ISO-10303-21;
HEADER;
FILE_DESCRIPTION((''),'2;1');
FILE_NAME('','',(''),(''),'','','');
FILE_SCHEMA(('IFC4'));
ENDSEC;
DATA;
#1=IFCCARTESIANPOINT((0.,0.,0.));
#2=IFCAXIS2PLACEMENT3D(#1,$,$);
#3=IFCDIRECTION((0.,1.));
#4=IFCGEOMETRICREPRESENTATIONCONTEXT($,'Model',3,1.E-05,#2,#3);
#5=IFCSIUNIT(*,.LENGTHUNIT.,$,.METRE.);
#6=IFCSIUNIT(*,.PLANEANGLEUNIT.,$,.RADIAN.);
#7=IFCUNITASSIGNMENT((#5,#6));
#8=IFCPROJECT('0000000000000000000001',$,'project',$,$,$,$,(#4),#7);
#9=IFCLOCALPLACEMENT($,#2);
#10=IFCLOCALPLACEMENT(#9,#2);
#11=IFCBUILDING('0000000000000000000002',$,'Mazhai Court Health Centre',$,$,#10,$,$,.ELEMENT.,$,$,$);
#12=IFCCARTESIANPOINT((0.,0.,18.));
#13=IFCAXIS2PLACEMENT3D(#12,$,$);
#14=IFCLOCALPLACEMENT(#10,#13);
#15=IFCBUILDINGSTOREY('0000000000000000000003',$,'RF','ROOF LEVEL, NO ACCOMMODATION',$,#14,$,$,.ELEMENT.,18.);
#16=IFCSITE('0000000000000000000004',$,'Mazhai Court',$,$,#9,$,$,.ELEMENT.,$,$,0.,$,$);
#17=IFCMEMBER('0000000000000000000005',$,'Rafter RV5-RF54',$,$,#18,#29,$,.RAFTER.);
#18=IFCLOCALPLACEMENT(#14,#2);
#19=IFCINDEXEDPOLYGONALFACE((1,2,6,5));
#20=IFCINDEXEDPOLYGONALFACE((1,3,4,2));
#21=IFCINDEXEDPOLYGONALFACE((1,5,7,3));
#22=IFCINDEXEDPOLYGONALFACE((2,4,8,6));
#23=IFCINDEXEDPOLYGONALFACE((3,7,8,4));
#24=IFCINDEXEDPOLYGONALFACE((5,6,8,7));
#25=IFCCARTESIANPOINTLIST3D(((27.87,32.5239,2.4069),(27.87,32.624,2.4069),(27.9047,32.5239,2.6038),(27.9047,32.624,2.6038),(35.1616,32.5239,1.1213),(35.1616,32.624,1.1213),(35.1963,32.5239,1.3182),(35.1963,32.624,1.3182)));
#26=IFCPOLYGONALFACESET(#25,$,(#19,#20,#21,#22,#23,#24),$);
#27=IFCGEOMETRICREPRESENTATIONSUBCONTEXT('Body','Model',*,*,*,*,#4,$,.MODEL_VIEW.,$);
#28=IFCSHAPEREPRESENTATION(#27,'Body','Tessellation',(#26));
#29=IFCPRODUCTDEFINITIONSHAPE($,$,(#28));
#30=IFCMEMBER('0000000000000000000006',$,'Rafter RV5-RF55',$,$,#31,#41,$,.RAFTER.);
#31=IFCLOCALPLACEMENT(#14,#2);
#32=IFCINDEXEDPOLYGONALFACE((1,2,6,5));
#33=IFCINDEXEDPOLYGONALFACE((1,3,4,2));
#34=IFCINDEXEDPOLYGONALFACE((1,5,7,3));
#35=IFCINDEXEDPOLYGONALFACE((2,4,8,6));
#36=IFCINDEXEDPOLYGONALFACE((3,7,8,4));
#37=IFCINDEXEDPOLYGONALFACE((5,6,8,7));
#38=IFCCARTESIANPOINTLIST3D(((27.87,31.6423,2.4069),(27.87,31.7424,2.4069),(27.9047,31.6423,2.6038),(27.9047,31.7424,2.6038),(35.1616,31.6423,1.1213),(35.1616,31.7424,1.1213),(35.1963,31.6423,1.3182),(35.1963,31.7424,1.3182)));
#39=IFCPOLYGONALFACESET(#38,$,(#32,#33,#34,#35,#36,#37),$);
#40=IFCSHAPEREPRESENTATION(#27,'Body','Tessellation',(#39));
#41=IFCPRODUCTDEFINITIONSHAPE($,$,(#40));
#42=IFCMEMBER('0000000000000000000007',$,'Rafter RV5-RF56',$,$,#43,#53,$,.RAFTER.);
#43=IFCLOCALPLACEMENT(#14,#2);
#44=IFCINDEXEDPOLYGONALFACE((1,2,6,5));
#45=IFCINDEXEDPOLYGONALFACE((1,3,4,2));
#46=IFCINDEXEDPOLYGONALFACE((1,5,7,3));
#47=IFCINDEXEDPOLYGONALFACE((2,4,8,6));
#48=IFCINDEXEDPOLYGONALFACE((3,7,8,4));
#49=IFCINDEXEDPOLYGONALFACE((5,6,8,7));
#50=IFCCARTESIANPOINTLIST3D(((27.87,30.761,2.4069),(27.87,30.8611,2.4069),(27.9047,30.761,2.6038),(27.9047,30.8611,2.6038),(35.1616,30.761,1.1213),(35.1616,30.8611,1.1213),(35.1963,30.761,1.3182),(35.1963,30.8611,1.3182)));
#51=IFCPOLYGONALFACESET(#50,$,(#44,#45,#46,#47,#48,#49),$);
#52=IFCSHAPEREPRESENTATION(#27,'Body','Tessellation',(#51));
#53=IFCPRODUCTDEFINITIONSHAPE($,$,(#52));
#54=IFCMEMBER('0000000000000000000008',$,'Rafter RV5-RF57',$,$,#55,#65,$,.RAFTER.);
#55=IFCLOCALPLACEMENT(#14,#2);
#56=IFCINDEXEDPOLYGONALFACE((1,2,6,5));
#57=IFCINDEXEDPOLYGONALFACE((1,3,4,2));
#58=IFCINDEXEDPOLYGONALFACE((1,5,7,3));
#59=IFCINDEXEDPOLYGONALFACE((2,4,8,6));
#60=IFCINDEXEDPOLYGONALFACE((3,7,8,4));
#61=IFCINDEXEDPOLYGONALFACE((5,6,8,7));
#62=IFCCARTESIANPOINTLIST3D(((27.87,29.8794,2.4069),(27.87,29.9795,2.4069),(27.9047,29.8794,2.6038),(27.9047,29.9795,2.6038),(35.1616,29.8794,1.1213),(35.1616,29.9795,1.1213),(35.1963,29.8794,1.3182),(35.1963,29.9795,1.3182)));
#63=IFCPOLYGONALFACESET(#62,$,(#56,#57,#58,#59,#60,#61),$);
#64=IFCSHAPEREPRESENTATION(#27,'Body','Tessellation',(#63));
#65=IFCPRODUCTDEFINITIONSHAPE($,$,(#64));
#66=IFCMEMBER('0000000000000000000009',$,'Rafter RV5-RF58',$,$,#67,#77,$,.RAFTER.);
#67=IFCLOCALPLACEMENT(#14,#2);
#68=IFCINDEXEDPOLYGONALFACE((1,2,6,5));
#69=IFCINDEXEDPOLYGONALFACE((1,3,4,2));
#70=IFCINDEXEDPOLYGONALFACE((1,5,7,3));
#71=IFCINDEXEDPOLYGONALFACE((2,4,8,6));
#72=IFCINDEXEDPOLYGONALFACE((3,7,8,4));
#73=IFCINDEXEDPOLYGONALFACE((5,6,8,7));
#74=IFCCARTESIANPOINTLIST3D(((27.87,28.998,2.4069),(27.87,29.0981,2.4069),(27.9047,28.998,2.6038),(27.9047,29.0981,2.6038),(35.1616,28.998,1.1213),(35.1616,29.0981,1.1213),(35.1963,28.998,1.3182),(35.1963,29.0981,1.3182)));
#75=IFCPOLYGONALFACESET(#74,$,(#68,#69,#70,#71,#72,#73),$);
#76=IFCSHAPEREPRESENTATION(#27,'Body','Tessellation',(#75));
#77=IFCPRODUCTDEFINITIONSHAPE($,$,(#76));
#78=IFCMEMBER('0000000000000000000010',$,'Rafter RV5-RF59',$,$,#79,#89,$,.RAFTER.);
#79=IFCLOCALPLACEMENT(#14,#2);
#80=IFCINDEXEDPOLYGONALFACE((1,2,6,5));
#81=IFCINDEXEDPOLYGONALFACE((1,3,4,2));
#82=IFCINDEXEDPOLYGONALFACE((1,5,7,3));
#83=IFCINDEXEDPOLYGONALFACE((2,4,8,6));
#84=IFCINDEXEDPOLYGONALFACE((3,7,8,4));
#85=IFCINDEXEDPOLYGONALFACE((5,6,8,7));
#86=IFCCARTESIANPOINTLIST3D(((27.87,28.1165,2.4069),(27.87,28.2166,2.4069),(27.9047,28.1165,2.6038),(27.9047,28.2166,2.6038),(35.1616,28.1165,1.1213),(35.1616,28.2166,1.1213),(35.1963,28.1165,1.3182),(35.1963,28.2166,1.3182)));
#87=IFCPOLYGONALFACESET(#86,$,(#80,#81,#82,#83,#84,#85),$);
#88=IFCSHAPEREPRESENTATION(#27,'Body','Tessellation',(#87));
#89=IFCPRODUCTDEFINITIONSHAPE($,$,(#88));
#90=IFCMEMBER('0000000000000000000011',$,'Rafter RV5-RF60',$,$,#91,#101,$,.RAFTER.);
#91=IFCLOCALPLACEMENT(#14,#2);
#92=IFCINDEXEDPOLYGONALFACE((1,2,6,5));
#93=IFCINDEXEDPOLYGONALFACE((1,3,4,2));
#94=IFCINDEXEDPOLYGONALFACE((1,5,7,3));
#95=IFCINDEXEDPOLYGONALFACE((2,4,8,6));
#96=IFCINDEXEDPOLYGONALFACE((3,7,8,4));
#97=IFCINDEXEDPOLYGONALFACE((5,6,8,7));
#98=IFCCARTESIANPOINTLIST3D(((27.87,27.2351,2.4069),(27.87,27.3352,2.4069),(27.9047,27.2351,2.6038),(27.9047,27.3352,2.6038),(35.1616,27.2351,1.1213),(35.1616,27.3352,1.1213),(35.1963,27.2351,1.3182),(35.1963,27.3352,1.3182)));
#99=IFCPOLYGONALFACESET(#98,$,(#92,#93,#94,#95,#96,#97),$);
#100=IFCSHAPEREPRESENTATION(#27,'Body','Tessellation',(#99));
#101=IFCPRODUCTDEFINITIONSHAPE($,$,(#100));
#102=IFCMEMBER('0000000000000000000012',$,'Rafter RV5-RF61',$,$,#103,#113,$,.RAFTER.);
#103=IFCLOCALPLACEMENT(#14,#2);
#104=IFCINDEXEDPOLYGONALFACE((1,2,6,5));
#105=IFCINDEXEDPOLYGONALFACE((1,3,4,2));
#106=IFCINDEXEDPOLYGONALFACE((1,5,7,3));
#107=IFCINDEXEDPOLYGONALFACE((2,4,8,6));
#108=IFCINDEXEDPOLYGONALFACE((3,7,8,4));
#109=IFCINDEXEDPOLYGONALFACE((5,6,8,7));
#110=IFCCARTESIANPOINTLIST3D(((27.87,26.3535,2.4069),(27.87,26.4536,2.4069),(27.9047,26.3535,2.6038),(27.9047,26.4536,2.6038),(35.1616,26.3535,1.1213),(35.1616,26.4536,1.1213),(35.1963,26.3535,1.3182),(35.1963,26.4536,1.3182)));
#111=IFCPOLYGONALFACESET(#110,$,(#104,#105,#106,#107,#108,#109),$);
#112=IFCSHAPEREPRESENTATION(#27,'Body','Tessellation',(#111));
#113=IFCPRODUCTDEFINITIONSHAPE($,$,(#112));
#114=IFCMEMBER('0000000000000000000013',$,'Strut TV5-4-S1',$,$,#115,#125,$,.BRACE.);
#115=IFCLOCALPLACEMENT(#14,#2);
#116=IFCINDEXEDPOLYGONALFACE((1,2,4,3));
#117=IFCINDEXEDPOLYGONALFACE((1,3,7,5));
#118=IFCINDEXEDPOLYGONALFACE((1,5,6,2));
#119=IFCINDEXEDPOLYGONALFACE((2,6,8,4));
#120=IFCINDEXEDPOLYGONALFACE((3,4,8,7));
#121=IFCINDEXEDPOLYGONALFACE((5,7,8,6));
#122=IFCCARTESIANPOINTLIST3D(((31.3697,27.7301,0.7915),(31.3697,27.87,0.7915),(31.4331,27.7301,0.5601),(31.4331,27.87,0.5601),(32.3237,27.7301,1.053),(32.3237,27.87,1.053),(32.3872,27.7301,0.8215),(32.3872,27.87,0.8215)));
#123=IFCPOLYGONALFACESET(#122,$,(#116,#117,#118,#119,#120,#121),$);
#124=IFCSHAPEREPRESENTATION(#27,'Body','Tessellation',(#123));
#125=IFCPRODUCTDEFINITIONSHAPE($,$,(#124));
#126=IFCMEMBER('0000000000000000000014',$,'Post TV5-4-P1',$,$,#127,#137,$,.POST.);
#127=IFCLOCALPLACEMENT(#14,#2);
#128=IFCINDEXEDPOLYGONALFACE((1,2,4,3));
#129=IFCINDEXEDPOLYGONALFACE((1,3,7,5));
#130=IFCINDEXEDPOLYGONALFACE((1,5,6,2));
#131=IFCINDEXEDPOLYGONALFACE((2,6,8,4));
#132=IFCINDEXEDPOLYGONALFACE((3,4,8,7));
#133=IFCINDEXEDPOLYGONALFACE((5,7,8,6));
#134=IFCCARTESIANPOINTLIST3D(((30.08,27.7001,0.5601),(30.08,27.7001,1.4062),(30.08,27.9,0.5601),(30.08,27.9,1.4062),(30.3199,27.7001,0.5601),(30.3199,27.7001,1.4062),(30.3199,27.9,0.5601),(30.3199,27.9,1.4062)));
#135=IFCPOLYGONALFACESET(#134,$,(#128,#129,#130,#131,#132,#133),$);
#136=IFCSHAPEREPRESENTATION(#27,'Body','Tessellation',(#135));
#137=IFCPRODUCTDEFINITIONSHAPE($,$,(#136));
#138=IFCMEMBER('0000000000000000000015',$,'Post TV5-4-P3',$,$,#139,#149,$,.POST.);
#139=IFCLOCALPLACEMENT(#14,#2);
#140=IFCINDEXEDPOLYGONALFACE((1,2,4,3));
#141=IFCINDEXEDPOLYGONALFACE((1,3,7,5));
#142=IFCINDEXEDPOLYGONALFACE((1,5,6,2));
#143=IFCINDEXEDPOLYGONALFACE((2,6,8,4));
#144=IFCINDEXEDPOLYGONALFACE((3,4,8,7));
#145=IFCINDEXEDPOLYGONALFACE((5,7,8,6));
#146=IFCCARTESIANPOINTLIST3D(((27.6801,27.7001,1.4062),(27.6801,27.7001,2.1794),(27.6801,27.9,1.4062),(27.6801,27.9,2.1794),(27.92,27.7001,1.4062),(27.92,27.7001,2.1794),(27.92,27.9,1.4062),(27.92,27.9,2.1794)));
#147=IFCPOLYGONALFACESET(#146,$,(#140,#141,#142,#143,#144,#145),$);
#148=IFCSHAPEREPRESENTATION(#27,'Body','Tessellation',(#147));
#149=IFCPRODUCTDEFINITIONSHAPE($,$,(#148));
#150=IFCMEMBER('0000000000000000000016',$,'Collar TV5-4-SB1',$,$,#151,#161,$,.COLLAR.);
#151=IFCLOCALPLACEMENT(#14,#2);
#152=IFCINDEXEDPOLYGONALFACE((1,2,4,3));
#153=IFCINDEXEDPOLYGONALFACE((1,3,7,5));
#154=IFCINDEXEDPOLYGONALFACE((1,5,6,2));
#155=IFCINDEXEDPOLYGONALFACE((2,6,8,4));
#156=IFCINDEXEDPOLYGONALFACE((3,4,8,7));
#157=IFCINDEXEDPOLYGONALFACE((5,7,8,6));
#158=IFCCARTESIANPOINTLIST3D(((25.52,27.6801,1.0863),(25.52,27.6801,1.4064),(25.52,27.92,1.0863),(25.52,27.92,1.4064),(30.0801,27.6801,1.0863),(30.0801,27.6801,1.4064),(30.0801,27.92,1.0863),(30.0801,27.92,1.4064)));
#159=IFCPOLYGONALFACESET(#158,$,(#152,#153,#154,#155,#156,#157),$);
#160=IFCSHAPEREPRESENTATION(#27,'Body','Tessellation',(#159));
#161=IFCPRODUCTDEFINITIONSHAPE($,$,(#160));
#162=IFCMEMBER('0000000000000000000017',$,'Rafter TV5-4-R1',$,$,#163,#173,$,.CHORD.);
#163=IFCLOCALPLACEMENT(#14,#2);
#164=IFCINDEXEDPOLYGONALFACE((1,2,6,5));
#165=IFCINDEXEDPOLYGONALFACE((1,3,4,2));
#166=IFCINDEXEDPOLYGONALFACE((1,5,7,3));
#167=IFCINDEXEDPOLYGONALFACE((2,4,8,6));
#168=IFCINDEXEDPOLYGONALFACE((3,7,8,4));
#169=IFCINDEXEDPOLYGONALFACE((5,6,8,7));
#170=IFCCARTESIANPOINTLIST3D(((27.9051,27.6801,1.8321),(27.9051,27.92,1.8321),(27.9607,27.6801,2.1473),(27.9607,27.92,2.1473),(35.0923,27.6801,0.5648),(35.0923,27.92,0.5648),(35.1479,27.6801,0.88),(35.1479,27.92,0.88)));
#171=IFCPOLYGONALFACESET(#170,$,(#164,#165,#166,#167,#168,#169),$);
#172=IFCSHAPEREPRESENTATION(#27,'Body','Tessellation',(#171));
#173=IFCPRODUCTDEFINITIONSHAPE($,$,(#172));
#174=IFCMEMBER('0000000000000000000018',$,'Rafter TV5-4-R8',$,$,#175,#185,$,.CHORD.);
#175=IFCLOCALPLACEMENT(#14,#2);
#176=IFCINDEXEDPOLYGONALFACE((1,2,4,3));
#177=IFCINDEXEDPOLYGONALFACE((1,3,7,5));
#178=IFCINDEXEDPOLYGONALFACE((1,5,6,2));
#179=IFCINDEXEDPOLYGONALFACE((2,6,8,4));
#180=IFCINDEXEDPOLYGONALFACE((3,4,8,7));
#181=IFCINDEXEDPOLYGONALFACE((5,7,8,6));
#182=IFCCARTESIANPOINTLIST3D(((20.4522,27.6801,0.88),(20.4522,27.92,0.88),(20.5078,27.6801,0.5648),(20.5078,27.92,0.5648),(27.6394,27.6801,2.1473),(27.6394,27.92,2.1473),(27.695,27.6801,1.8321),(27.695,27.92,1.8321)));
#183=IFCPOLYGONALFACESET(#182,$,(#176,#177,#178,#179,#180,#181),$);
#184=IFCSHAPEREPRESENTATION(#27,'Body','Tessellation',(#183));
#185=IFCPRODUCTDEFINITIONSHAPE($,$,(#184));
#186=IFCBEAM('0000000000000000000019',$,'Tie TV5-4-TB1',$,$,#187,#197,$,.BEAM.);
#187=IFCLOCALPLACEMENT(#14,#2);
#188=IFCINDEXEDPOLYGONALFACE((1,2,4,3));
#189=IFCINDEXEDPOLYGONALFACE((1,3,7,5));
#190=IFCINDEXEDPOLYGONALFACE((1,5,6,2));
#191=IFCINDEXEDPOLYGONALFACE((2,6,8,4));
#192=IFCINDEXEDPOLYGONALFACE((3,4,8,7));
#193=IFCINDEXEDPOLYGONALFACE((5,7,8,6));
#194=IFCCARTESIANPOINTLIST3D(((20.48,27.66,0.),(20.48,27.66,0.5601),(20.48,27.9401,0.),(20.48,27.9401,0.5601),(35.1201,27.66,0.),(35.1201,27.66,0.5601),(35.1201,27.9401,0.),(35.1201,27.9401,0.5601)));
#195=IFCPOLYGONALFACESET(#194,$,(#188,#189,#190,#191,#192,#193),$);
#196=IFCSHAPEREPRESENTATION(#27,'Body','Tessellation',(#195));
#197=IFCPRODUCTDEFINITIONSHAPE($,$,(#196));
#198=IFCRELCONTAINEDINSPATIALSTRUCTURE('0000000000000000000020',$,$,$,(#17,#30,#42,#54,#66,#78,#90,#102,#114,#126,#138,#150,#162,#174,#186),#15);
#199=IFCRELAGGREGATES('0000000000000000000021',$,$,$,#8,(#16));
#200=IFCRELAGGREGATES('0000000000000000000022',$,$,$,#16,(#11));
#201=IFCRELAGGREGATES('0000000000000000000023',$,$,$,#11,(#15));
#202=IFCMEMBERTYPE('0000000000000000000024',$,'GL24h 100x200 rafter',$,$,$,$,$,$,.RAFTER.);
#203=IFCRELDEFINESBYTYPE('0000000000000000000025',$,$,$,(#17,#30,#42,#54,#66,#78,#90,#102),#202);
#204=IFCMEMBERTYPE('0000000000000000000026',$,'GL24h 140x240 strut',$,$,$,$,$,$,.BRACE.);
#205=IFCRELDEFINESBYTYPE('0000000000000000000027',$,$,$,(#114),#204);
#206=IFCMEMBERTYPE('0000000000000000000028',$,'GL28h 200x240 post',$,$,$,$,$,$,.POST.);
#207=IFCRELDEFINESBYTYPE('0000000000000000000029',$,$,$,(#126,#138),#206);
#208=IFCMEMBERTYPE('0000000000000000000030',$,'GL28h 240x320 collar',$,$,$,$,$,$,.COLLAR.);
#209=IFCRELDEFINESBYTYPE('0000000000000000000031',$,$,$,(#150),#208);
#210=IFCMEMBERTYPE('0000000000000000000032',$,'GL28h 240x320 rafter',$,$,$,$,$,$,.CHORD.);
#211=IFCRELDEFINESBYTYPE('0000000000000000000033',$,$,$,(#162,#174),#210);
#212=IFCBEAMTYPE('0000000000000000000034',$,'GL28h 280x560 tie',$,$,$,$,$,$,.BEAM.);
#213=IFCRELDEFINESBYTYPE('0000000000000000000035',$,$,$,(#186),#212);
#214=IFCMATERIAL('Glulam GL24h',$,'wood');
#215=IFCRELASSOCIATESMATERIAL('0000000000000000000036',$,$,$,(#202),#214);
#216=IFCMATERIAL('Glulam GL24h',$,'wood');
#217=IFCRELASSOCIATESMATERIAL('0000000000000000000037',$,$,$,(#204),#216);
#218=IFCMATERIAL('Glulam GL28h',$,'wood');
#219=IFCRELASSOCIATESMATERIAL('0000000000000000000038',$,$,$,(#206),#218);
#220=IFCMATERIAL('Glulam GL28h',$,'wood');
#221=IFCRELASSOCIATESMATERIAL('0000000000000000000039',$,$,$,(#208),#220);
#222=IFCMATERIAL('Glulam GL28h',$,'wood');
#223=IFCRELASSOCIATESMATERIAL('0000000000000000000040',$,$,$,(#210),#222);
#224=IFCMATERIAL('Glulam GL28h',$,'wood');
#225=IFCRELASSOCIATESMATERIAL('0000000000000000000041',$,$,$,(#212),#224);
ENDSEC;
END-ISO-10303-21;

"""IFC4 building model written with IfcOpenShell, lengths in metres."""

from ifc_helpers import new_model, si_unit, direction, frame, origin, origin_2d, place, context, subcontext, project, spatial, rectangle, extrude, material, material_profile, profile_set, type_object, element, save


model = new_model("IFC4")

# Units and contexts
model_context = context("Model", 3, precision=1e-05, world=origin(), true_north=direction((0.0, 1.0)))
body_context = subcontext(model_context, "Body", "Model", "MODEL_VIEW")
ifc_project = project(units=[si_unit("LENGTHUNIT", "METRE"), si_unit("PLANEANGLEUNIT", "RADIAN")], contexts=[model_context])

# Site, building, storey
site_placement = place(None, origin())
site = spatial("IfcSite", under=ifc_project, at=site_placement, Name="Mazhai Court", CompositionType="ELEMENT", RefElevation=0.0)
building_placement = place(site_placement, origin())
building = spatial("IfcBuilding", under=site, at=building_placement, Name="Mazhai Court Health Centre", CompositionType="ELEMENT")
storey_placement = place(building_placement, frame((0.0, 0.0, 18.0)))
storey = spatial("IfcBuildingStorey", under=building, at=storey_placement, Name="RF", Description="ROOF LEVEL, NO ACCOMMODATION", CompositionType="ELEMENT", Elevation=18.0)

# Members
ifc_material_1 = material(Name="Glulam GL24h", Category="wood")
ifc_material_profile_1 = material_profile(ifc_material_1, rectangle(XDim=0.1001, YDim=0.2, at=origin_2d()), Name="GL24h 100x200")
ifc_profile_set_1 = profile_set([ifc_material_profile_1], Name="Glulam GL24h")
member_type_1 = type_object("IfcMemberType", Name="GL24h 100x200 rafter", PredefinedType="RAFTER", material=ifc_profile_set_1)
for number, where, z_axis, x_axis, name in (
    (1, (35.179, 32.574, 1.2197), (-0.984809, 0.0, 0.173642), (0.0, -1.0, 0.0), "Rafter RV5-RF54"),
    (2, (35.179, 31.6924, 1.2197), (-0.984809, 0.0, 0.173642), (0.0, -1.0, 0.0), "Rafter RV5-RF55"),
    (3, (35.179, 30.811, 1.2197), (-0.984809, 0.0, 0.173642), (0.0, -1.0, 0.0), "Rafter RV5-RF56"),
    (4, (35.179, 29.9294, 1.2197), (-0.984809, 0.0, 0.173642), (0.0, -1.0, 0.0), "Rafter RV5-RF57"),
    (5, (35.179, 29.0481, 1.2197), (-0.984809, 0.0, 0.173642), (0.0, -1.0, 0.0), "Rafter RV5-RF58"),
    (6, (35.179, 28.1665, 1.2197), (-0.984809, 0.0, 0.173642), (0.0, -1.0, 0.0), "Rafter RV5-RF59"),
    (7, (35.179, 27.2852, 1.2197), (-0.984809, 0.0, 0.173642), (0.0, -1.0, 0.0), "Rafter RV5-RF60"),
    (8, (35.179, 26.4036, 1.2197), (-0.984809, 0.0, 0.173642), (0.0, -1.0, 0.0), "Rafter RV5-RF61"),
):
    element("IfcMember", number, at=place(storey_placement, frame(where, z_axis=z_axis, x_axis=x_axis)), inside=storey, type_object=member_type_1, Name=name, PredefinedType="RAFTER", context=body_context, shape_type="SweptSolid", body=[
        extrude(rectangle(XDim=0.1001, YDim=0.2, at=origin_2d()), origin(), (0.0, 0.0, 1.0), 7.4041),
    ])
ifc_material_2 = material(Name="Glulam GL24h", Category="wood")
ifc_material_profile_2 = material_profile(ifc_material_2, rectangle(XDim=0.1399, YDim=0.24, at=origin_2d()), Name="GL24h 140x240")
ifc_profile_set_2 = profile_set([ifc_material_profile_2], Name="Glulam GL24h")
member_type_2 = type_object("IfcMemberType", Name="GL24h 140x240 strut", PredefinedType="BRACE", material=ifc_profile_set_2)
member_1_placement = place(storey_placement, frame((31.4014, 27.8, 0.6758), z_axis=(0.964438, 0.0, 0.264307), x_axis=(0.0, 1.0, 0.0)))
element("IfcMember", 9, at=member_1_placement, inside=storey, type_object=member_type_2, Name="Strut TV5-4-S1", PredefinedType="BRACE", context=body_context, shape_type="SweptSolid", body=[
    extrude(rectangle(XDim=0.1399, YDim=0.24, at=origin_2d()), origin(), (0.0, 0.0, 1.0), 0.9893),
])
ifc_material_3 = material(Name="Glulam GL28h", Category="wood")
ifc_material_profile_3 = material_profile(ifc_material_3, rectangle(XDim=0.2, YDim=0.24, at=origin_2d()), Name="GL28h 200x240")
ifc_profile_set_3 = profile_set([ifc_material_profile_3], Name="Glulam GL28h")
member_type_3 = type_object("IfcMemberType", Name="GL28h 200x240 post", PredefinedType="POST", material=ifc_profile_set_3)
member_2_placement = place(storey_placement, frame((30.2, 27.8, 0.5601), z_axis=(0.0, 0.0, 1.0), x_axis=(0.0, 1.0, 0.0)))
element("IfcMember", 10, at=member_2_placement, inside=storey, type_object=member_type_3, Name="Post TV5-4-P1", PredefinedType="POST", context=body_context, shape_type="SweptSolid", body=[
    extrude(rectangle(XDim=0.2, YDim=0.24, at=origin_2d()), origin(), (0.0, 0.0, 1.0), 0.8462),
])
member_3_placement = place(storey_placement, frame((27.8, 27.8, 1.4062), z_axis=(0.0, 0.0, 1.0), x_axis=(0.0, 1.0, 0.0)))
element("IfcMember", 11, at=member_3_placement, inside=storey, type_object=member_type_3, Name="Post TV5-4-P3", PredefinedType="POST", context=body_context, shape_type="SweptSolid", body=[
    extrude(rectangle(XDim=0.2, YDim=0.24, at=origin_2d()), origin(), (0.0, 0.0, 1.0), 0.7732),
])
ifc_material_4 = material(Name="Glulam GL28h", Category="wood")
ifc_material_profile_4 = material_profile(ifc_material_4, rectangle(XDim=0.24, YDim=0.3201, at=origin_2d()), Name="GL28h 240x320")
ifc_profile_set_4 = profile_set([ifc_material_profile_4], Name="Glulam GL28h")
member_type_4 = type_object("IfcMemberType", Name="GL28h 240x320 collar", PredefinedType="COLLAR", material=ifc_profile_set_4)
member_4_placement = place(storey_placement, frame((30.0801, 27.8, 1.2463), z_axis=(-1.0, 0.0, 0.0), x_axis=(0.0, -1.0, 0.0)))
element("IfcMember", 12, at=member_4_placement, inside=storey, type_object=member_type_4, Name="Collar TV5-4-SB1", PredefinedType="COLLAR", context=body_context, shape_type="SweptSolid", body=[
    extrude(rectangle(XDim=0.24, YDim=0.3201, at=origin_2d()), origin(), (0.0, 0.0, 1.0), 4.5601),
])
ifc_material_5 = material(Name="Glulam GL28h", Category="wood")
ifc_material_profile_5 = material_profile(ifc_material_5, rectangle(XDim=0.24, YDim=0.3201, at=origin_2d()), Name="GL28h 240x320")
ifc_profile_set_5 = profile_set([ifc_material_profile_5], Name="Glulam GL28h")
member_type_5 = type_object("IfcMemberType", Name="GL28h 240x320 rafter", PredefinedType="CHORD", material=ifc_profile_set_5)
for number, where, z_axis, x_axis, name in (
    (13, (35.1201, 27.8, 0.7224), (-0.984807, 0.0, 0.173652), (0.0, -1.0, 0.0), "Rafter TV5-4-R1"),
    (14, (27.6672, 27.8, 1.9897), (-0.984807, 0.0, -0.173652), (0.0, -1.0, 0.0), "Rafter TV5-4-R8"),
):
    element("IfcMember", number, at=place(storey_placement, frame(where, z_axis=z_axis, x_axis=x_axis)), inside=storey, type_object=member_type_5, Name=name, PredefinedType="CHORD", context=body_context, shape_type="SweptSolid", body=[
        extrude(rectangle(XDim=0.24, YDim=0.3201, at=origin_2d()), origin(), (0.0, 0.0, 1.0), 7.2981),
    ])

# Beam
ifc_material_6 = material(Name="Glulam GL28h", Category="wood")
ifc_material_profile_6 = material_profile(ifc_material_6, rectangle(XDim=0.28, YDim=0.5601, at=origin_2d()), Name="GL28h 280x560")
ifc_profile_set_6 = profile_set([ifc_material_profile_6], Name="Glulam GL28h")
beam_type = type_object("IfcBeamType", Name="GL28h 280x560 tie", PredefinedType="BEAM", material=ifc_profile_set_6)
beam_placement = place(storey_placement, frame((35.1201, 27.8, 0.28), z_axis=(-1.0, 0.0, 0.0), x_axis=(0.0, -1.0, 0.0)))
element("IfcBeam", 15, at=beam_placement, inside=storey, type_object=beam_type, Name="Tie TV5-4-TB1", PredefinedType="BEAM", context=body_context, shape_type="SweptSolid", body=[
    extrude(rectangle(XDim=0.28, YDim=0.5601, at=origin_2d()), origin(), (0.0, 0.0, 1.0), 14.6401),
])

save(model, "model.ifc")
